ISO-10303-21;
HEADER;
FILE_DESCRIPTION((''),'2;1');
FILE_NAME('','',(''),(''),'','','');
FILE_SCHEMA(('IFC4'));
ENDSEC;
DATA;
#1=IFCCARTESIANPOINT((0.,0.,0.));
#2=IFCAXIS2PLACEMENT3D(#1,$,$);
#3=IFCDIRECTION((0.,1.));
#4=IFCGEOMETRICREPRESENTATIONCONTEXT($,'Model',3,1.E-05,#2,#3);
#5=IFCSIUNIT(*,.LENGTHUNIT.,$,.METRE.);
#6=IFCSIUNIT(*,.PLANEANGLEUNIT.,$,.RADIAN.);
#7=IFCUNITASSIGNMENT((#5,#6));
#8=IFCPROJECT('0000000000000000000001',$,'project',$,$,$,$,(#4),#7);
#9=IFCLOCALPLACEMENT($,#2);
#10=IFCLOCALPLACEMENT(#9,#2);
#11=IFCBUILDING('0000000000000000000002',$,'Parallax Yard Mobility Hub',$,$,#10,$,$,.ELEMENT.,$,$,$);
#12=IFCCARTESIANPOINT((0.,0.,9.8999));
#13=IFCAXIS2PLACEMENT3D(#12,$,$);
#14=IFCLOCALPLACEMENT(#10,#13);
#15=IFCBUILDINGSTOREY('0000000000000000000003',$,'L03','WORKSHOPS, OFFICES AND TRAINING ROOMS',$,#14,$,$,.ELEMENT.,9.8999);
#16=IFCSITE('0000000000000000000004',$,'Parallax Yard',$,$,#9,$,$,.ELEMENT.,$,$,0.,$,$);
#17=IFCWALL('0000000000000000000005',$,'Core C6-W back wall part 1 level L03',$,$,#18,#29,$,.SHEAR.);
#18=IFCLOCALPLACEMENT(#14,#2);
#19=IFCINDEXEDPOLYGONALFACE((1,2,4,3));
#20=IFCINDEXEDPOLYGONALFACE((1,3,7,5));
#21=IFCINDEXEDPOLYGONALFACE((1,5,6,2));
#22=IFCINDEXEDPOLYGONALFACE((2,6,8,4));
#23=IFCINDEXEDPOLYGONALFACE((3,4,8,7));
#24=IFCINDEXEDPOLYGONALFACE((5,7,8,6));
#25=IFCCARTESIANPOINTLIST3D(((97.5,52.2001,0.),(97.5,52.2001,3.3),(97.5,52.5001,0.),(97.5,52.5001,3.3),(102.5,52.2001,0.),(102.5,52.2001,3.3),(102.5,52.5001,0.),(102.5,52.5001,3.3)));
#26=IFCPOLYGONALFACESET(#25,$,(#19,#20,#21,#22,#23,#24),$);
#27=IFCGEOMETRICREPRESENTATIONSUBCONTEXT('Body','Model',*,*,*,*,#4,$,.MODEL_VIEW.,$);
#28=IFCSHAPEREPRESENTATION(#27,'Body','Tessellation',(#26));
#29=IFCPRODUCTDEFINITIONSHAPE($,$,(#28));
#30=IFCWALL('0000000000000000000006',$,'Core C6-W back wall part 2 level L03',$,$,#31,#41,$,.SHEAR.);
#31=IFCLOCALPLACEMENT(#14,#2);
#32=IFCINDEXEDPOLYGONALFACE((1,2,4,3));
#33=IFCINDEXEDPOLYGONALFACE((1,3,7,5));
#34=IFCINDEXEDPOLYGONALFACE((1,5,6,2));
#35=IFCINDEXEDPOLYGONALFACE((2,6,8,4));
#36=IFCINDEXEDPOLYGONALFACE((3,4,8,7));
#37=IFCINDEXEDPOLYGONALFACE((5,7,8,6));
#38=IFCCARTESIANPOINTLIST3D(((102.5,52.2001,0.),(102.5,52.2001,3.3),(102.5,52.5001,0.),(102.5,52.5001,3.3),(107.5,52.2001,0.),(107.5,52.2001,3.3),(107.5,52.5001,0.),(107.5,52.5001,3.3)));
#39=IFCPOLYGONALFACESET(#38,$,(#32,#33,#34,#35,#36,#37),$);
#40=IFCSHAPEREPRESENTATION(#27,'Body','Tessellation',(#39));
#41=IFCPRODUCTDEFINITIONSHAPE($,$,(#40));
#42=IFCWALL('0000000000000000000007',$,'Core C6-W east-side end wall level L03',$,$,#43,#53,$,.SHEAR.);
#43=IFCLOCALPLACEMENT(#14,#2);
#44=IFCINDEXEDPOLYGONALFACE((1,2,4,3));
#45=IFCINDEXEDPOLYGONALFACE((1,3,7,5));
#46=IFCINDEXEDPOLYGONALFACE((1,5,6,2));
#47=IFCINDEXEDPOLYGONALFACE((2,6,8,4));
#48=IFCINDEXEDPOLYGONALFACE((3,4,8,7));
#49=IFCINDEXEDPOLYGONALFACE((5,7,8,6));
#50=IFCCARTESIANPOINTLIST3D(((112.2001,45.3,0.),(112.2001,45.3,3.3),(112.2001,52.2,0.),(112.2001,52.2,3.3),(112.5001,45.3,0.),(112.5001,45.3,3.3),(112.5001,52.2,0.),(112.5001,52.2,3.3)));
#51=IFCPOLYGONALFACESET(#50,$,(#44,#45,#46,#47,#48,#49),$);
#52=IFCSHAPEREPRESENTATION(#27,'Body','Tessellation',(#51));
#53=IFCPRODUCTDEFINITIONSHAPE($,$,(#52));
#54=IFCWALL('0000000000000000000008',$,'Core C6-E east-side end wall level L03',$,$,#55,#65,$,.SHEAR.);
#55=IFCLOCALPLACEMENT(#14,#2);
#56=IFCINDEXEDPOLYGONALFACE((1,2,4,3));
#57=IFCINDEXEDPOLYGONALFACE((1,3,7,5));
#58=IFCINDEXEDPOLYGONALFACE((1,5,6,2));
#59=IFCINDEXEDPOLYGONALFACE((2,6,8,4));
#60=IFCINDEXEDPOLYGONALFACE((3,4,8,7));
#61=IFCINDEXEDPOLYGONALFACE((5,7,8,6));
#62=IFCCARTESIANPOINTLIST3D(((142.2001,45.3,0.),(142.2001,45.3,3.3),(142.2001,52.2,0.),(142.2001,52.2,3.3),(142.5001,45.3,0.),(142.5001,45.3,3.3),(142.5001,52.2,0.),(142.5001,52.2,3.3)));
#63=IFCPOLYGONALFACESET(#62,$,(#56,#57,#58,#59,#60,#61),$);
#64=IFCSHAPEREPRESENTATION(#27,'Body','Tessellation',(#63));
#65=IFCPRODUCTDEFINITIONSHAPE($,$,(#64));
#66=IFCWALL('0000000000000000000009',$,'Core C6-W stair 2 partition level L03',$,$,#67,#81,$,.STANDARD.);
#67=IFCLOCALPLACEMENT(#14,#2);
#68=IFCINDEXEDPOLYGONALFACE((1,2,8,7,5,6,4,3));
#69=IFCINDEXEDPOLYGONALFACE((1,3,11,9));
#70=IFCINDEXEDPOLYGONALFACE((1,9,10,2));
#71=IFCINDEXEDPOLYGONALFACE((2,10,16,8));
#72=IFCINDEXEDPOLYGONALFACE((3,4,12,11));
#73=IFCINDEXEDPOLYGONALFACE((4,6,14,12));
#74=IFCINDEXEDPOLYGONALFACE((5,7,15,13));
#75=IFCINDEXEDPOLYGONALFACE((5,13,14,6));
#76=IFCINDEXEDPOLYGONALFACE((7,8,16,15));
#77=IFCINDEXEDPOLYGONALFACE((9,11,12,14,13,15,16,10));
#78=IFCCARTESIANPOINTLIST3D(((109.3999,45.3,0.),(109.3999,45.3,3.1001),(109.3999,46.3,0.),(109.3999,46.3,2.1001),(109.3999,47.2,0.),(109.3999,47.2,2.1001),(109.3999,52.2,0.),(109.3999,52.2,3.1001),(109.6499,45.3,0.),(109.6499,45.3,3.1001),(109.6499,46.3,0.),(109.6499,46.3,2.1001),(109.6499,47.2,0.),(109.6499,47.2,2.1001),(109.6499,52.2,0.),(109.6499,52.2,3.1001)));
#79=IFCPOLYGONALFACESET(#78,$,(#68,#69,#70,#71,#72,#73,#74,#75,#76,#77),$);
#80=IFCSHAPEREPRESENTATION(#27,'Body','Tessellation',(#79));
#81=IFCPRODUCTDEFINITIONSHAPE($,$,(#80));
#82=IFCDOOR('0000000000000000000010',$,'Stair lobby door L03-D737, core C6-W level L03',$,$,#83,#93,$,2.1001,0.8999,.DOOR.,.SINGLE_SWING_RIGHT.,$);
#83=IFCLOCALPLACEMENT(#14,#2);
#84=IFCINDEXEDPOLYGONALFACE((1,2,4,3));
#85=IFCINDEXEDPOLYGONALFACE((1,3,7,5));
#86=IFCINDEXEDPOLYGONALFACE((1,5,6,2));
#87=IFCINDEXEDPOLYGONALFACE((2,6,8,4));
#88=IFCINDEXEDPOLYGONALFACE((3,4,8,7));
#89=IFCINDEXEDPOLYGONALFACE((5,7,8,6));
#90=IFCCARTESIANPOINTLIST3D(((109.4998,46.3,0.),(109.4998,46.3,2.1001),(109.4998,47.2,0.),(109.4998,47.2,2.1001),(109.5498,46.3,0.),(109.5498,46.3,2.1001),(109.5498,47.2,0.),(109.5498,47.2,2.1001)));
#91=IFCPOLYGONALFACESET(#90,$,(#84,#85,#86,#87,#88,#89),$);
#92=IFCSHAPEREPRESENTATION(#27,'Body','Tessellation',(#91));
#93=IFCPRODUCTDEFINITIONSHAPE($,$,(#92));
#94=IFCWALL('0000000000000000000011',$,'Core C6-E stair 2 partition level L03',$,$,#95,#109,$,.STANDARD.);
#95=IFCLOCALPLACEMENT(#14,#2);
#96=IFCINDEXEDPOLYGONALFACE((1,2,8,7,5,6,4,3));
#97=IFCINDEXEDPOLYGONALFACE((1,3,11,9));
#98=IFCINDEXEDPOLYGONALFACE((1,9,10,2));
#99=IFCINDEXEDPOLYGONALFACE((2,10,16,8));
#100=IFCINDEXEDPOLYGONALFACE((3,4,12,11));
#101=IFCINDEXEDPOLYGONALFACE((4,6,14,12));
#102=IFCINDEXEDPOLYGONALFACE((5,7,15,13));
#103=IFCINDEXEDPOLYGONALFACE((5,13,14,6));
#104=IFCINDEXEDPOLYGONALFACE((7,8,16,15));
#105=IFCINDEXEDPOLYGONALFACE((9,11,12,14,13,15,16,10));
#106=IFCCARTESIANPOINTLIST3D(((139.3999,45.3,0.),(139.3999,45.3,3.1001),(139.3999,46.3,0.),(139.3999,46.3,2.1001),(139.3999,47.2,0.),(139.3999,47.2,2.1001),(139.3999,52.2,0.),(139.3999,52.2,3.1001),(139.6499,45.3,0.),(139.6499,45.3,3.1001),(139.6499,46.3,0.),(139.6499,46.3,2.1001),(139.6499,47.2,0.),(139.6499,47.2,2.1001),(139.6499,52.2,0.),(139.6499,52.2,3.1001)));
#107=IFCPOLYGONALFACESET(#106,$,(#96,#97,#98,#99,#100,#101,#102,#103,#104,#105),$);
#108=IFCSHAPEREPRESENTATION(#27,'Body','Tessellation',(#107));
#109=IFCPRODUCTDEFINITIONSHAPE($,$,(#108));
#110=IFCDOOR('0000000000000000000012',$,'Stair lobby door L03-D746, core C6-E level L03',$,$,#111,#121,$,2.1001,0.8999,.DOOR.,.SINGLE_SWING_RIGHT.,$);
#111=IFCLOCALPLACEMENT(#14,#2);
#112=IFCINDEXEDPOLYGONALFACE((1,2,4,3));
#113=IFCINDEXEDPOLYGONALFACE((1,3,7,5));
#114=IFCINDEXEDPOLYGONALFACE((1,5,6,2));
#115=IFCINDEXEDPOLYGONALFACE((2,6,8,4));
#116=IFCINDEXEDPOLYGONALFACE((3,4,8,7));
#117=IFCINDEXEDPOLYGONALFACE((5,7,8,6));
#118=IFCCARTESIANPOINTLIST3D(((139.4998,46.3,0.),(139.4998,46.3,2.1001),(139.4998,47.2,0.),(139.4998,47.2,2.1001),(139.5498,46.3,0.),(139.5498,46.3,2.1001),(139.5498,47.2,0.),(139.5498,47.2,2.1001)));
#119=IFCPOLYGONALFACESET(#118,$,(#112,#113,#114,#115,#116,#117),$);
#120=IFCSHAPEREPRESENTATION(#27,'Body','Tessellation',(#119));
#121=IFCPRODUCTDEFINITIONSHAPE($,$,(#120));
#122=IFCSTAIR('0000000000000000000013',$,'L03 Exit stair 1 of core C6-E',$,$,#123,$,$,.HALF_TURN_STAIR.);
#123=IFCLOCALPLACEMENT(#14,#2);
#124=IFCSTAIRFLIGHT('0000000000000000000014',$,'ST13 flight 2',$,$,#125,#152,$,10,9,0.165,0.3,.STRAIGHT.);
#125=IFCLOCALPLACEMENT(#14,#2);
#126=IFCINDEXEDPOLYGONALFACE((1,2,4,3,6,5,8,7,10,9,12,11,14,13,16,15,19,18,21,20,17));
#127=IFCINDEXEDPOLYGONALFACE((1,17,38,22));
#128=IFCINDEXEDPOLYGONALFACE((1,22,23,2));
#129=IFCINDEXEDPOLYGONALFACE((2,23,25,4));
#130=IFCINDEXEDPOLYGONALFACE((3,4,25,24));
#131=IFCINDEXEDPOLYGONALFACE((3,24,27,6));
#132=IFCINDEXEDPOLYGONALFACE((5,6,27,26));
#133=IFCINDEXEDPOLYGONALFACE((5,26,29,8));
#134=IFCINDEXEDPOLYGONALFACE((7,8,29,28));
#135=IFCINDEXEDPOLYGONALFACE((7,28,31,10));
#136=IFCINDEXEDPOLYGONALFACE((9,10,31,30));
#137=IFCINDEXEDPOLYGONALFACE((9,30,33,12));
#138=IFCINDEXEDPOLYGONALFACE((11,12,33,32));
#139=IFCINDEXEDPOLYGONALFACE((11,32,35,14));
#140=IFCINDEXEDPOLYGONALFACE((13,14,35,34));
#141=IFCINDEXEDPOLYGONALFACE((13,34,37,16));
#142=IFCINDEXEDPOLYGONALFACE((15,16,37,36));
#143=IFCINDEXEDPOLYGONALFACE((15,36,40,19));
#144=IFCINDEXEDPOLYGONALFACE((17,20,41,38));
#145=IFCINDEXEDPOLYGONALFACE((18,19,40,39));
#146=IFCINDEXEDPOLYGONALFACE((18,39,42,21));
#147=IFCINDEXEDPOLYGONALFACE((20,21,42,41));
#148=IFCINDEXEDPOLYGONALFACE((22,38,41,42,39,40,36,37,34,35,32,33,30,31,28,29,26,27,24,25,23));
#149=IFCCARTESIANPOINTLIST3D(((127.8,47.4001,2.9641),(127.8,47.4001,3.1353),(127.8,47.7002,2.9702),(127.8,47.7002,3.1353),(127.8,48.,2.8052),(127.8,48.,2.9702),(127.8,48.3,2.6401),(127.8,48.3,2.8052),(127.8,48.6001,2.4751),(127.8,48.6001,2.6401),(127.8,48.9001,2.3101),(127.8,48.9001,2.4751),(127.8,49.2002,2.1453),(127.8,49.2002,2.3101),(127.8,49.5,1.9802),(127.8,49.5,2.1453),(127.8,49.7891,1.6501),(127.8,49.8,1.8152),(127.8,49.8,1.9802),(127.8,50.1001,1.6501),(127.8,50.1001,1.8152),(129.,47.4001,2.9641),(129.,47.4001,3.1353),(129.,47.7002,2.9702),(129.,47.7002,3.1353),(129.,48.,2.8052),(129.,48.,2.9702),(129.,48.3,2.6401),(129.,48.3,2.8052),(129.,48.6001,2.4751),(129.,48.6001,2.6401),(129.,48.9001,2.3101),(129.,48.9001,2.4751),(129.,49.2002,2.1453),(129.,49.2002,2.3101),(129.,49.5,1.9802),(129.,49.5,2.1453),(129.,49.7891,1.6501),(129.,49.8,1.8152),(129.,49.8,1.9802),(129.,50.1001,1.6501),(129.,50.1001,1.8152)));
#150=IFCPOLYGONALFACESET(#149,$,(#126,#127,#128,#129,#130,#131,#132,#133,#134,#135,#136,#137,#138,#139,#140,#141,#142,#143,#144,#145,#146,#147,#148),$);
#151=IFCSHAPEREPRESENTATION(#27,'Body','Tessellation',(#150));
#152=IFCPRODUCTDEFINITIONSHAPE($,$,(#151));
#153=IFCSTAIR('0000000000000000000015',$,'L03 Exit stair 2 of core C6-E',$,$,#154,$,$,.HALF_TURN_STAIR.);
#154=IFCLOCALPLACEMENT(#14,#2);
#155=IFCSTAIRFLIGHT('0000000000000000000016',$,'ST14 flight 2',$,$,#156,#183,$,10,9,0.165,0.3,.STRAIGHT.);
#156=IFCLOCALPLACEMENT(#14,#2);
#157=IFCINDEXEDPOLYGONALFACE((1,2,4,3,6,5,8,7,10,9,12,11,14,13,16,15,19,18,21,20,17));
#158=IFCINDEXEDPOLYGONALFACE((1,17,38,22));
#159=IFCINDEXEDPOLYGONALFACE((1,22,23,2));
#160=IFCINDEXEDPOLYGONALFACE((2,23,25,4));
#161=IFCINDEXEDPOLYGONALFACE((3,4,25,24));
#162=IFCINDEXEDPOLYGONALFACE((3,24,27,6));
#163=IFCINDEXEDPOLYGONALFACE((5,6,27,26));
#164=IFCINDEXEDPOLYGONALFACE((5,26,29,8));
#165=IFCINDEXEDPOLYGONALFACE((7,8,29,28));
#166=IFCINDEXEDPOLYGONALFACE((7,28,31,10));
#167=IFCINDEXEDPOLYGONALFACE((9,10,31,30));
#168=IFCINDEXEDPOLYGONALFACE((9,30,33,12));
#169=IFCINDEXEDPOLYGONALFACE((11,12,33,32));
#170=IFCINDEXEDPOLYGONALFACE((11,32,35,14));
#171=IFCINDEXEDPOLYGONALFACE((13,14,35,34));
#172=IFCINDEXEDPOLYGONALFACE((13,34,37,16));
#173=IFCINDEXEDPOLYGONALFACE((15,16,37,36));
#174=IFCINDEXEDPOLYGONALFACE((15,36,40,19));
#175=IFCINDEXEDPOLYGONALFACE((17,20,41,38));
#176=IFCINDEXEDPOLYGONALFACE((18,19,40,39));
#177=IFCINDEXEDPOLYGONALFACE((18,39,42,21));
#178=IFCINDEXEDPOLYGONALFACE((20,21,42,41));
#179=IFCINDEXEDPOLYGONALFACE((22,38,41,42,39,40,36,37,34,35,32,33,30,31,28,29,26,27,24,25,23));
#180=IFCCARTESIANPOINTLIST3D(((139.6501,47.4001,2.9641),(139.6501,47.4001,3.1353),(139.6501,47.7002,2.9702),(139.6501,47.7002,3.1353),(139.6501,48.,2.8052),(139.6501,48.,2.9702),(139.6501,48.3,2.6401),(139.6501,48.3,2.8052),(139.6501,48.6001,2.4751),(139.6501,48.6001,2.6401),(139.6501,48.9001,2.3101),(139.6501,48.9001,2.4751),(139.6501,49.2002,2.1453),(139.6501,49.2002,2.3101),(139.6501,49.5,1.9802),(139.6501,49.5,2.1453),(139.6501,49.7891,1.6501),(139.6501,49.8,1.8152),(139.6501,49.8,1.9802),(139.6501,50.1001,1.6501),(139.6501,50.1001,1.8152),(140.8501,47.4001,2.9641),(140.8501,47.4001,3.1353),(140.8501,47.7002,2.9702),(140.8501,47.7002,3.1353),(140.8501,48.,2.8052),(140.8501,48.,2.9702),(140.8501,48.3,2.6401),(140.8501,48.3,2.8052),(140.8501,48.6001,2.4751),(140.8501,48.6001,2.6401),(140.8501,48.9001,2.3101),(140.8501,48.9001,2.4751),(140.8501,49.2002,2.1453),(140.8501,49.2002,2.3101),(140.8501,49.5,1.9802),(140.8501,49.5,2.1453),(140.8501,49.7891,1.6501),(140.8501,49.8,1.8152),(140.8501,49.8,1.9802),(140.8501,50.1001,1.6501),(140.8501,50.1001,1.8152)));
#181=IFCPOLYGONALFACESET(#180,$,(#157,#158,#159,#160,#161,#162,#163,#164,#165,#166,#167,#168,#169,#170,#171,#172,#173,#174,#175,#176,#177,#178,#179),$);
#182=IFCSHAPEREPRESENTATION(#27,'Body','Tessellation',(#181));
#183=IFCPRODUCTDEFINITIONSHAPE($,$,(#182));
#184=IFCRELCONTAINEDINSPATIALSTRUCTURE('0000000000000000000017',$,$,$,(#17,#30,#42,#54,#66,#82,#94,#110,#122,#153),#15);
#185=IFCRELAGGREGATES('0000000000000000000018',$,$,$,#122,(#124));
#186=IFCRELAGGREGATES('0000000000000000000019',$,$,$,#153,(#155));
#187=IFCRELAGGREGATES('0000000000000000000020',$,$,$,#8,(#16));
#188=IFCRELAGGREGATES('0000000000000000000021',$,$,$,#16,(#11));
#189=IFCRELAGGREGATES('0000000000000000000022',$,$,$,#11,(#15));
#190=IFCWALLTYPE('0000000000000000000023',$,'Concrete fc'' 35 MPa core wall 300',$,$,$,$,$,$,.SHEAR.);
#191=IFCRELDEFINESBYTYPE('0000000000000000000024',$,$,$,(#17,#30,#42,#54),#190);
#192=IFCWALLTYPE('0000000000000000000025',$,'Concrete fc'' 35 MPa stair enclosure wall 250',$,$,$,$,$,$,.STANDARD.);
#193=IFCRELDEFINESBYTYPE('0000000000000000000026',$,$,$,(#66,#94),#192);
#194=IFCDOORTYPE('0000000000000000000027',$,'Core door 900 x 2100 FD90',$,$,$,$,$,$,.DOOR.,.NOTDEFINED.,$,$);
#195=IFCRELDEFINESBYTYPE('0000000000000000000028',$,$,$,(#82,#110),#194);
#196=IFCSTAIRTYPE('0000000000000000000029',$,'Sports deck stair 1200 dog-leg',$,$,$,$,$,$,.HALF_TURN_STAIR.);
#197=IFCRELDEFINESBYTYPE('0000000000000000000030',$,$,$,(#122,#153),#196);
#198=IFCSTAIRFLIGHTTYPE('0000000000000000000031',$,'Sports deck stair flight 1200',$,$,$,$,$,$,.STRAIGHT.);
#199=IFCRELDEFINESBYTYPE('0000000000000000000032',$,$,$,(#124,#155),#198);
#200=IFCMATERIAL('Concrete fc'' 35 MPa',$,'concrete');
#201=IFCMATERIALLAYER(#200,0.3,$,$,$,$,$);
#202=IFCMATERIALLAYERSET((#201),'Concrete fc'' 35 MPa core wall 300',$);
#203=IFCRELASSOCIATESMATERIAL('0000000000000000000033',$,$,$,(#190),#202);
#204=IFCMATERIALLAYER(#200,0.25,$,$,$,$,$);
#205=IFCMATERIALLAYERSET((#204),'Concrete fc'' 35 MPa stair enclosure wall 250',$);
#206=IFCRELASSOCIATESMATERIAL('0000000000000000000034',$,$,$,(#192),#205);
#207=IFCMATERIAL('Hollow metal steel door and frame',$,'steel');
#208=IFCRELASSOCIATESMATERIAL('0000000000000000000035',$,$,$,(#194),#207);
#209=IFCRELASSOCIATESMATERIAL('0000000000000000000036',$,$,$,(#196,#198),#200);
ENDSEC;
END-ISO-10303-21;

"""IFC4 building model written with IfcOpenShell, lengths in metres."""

from ifc_helpers import new_model, si_unit, direction, frame, frame_2d, origin, place, context, subcontext, project, spatial, polyline, rectangle, outline, extrude, material, layer, layer_set, type_object, element, fill, aggregate, save


model = new_model("IFC4")

# Units and contexts
model_context = context("Model", 3, precision=1e-05, world=origin(), true_north=direction((0.0, 1.0)))
body_context = subcontext(model_context, "Body", "Model", "MODEL_VIEW")
ifc_project = project(units=[si_unit("LENGTHUNIT", "METRE"), si_unit("PLANEANGLEUNIT", "RADIAN")], contexts=[model_context])

# Site, building, storey
site_placement = place(None, origin())
site = spatial("IfcSite", under=ifc_project, at=site_placement, Name="Parallax Yard", CompositionType="ELEMENT", RefElevation=0.0)
building_placement = place(site_placement, origin())
building = spatial("IfcBuilding", under=site, at=building_placement, Name="Parallax Yard Mobility Hub", CompositionType="ELEMENT")
storey_placement = place(building_placement, frame((0.0, 0.0, 9.8999)))
storey = spatial("IfcBuildingStorey", under=building, at=storey_placement, Name="L03", Description="WORKSHOPS, OFFICES AND TRAINING ROOMS", CompositionType="ELEMENT", Elevation=9.8999)

# Walls
ifc_material_1 = material(Name="Concrete fc' 35 MPa", Category="concrete")
ifc_layer_1 = layer(ifc_material_1, 0.3)
ifc_layer_set_1 = layer_set([ifc_layer_1], Name="Concrete fc' 35 MPa core wall 300")
wall_type_1 = type_object("IfcWallType", Name="Concrete fc' 35 MPa core wall 300", PredefinedType="SHEAR", material=ifc_layer_set_1)
for number, where, z_axis, x_axis, name in (
    (1, (97.5, 52.3501, 0.0), (0.0, 0.0, 1.0), (1.0, 0.0, 0.0), "Core C6-W back wall part 1 level L03"),
    (2, (102.5, 52.3501, 0.0), (0.0, 0.0, 1.0), (1.0, 0.0, 0.0), "Core C6-W back wall part 2 level L03"),
):
    element("IfcWall", number, at=place(storey_placement, frame(where, z_axis=z_axis, x_axis=x_axis)), inside=storey, type_object=wall_type_1, Name=name, PredefinedType="SHEAR", context=body_context, shape_type="SweptSolid", body=[
        extrude(rectangle(XDim=5.0, YDim=0.3, at=frame_2d((2.5, 0.0))), origin(), (0.0, 0.0, 1.0), 3.3),
    ])
for number, where, z_axis, x_axis, name in (
    (3, (112.3501, 52.2, 0.0), (0.0, 0.0, 1.0), (0.0, -1.0, 0.0), "Core C6-W east-side end wall level L03"),
    (4, (142.3501, 52.2, 0.0), (0.0, 0.0, 1.0), (0.0, -1.0, 0.0), "Core C6-E east-side end wall level L03"),
):
    element("IfcWall", number, at=place(storey_placement, frame(where, z_axis=z_axis, x_axis=x_axis)), inside=storey, type_object=wall_type_1, Name=name, PredefinedType="SHEAR", context=body_context, shape_type="SweptSolid", body=[
        extrude(rectangle(XDim=6.8999, YDim=0.3, at=frame_2d((3.45, 0.0))), origin(), (0.0, 0.0, 1.0), 3.3),
    ])

# Walls, openings, doors
ifc_layer_2 = layer(ifc_material_1, 0.25)
ifc_layer_set_2 = layer_set([ifc_layer_2], Name="Concrete fc' 35 MPa stair enclosure wall 250")
wall_type_2 = type_object("IfcWallType", Name="Concrete fc' 35 MPa stair enclosure wall 250", PredefinedType="STANDARD", material=ifc_layer_set_2)
wall_1_placement = place(storey_placement, frame((109.5249, 52.2, 0.0), z_axis=(0.0, 0.0, 1.0), x_axis=(0.0, -1.0, 0.0)))
wall_1 = element("IfcWall", 5, at=wall_1_placement, inside=storey, type_object=wall_type_2, Name="Core C6-W stair 2 partition level L03", PredefinedType="STANDARD", context=body_context, shape_type="SweptSolid", body=[
    extrude(rectangle(XDim=6.8999, YDim=0.25, at=frame_2d((3.45, 0.0))), origin(), (0.0, 0.0, 1.0), 3.1001),
])
opening_1_placement = place(wall_1_placement, frame((5.0, 0.0, 0.0)))
opening_1 = element("IfcOpeningElement", 6, at=opening_1_placement, cuts=wall_1, PredefinedType="OPENING", context=body_context, shape_type="SweptSolid", body=[
    extrude(rectangle(XDim=0.8999, YDim=2.1001, at=frame_2d((0.45, 1.05))), frame((0.0, 0.135, 0.0), z_axis=(0.0, -1.0, 0.0), x_axis=(1.0, 0.0, 0.0)), (0.0, 0.0, 1.0), 0.27),
])
ifc_material_2 = material(Name="Hollow metal steel door and frame", Category="steel")
door_type = type_object("IfcDoorType", Name="Core door 900 x 2100 FD90", OperationType="NOTDEFINED", PredefinedType="DOOR", material=ifc_material_2)
door_1_placement = place(opening_1_placement, origin())
door_1 = element("IfcDoor", 7, at=door_1_placement, inside=storey, type_object=door_type, Name="Stair lobby door L03-D737, core C6-W level L03", OperationType="SINGLE_SWING_RIGHT", OverallHeight=2.1001, OverallWidth=0.8999, PredefinedType="DOOR", context=body_context, shape_type="SweptSolid", body=[
    extrude(rectangle(XDim=0.8999, YDim=2.1001, at=frame_2d((0.45, 1.05))), frame((0.0, 0.0249, 0.0), z_axis=(0.0, -1.0, 0.0), x_axis=(1.0, 0.0, 0.0)), (0.0, 0.0, 1.0), 0.05),
])
fill(opening_1, door_1)
wall_2_placement = place(storey_placement, frame((139.5249, 52.2, 0.0), z_axis=(0.0, 0.0, 1.0), x_axis=(0.0, -1.0, 0.0)))
wall_2 = element("IfcWall", 8, at=wall_2_placement, inside=storey, type_object=wall_type_2, Name="Core C6-E stair 2 partition level L03", PredefinedType="STANDARD", context=body_context, shape_type="SweptSolid", body=[
    extrude(rectangle(XDim=6.8999, YDim=0.25, at=frame_2d((3.45, 0.0))), origin(), (0.0, 0.0, 1.0), 3.1001),
])
opening_2_placement = place(wall_2_placement, frame((5.0, 0.0, 0.0)))
opening_2 = element("IfcOpeningElement", 9, at=opening_2_placement, cuts=wall_2, PredefinedType="OPENING", context=body_context, shape_type="SweptSolid", body=[
    extrude(rectangle(XDim=0.8999, YDim=2.1001, at=frame_2d((0.45, 1.05))), frame((0.0, 0.135, 0.0), z_axis=(0.0, -1.0, 0.0), x_axis=(1.0, 0.0, 0.0)), (0.0, 0.0, 1.0), 0.27),
])
door_2_placement = place(opening_2_placement, origin())
door_2 = element("IfcDoor", 10, at=door_2_placement, inside=storey, type_object=door_type, Name="Stair lobby door L03-D746, core C6-E level L03", OperationType="SINGLE_SWING_RIGHT", OverallHeight=2.1001, OverallWidth=0.8999, PredefinedType="DOOR", context=body_context, shape_type="SweptSolid", body=[
    extrude(rectangle(XDim=0.8999, YDim=2.1001, at=frame_2d((0.45, 1.05))), frame((0.0, 0.0249, 0.0), z_axis=(0.0, -1.0, 0.0), x_axis=(1.0, 0.0, 0.0)), (0.0, 0.0, 1.0), 0.05),
])
fill(opening_2, door_2)

# Stairs, stair flights
stair_type = type_object("IfcStairType", Name="Sports deck stair 1200 dog-leg", PredefinedType="HALF_TURN_STAIR", material=ifc_material_1)
stair_1_placement = place(storey_placement, origin())
stair_1 = element("IfcStair", 11, at=stair_1_placement, inside=storey, type_object=stair_type, Name="L03 Exit stair 1 of core C6-E", PredefinedType="HALF_TURN_STAIR")
stair_flight_type = type_object("IfcStairFlightType", Name="Sports deck stair flight 1200", PredefinedType="STRAIGHT", material=ifc_material_1)
stair_flight_1_placement = place(storey_placement, frame((128.3999, 50.1001, 1.6501), z_axis=(0.0, 0.0, 1.0), x_axis=(0.0, -1.0, 0.0)))
stair_flight_1 = element("IfcStairFlight", 12, at=stair_flight_1_placement, type_object=stair_flight_type, Name="ST13 flight 2", NumberOfRisers=10, NumberOfTreads=9, PredefinedType="STRAIGHT", RiserHeight=0.165, TreadLength=0.3, context=body_context, shape_type="SweptSolid", body=[
    extrude(outline(polyline([(0.0, 0.0), (0.0, 0.165), (0.3, 0.165), (0.3, 0.3301), (0.6001, 0.3301), (0.6001, 0.4951), (0.8999, 0.4951), (0.8999, 0.6599), (1.2, 0.6599), (1.2, 0.825), (1.5, 0.825), (1.5, 0.99), (1.8, 0.99), (1.8, 1.155), (2.1001, 1.155), (2.1001, 1.3201), (2.3999, 1.3201), (2.3999, 1.4851), (2.7, 1.4851), (2.7, 1.6499), (2.7, 1.314), (0.311, 0.0), (0.0, 0.0)])), frame((0.0, 0.6001, 0.0), z_axis=(0.0, -1.0, 0.0), x_axis=(1.0, 0.0, 0.0)), (0.0, 0.0, 1.0), 1.2),
])
aggregate(stair_1, [stair_flight_1])
stair_2_placement = place(storey_placement, origin())
stair_2 = element("IfcStair", 13, at=stair_2_placement, inside=storey, type_object=stair_type, Name="L03 Exit stair 2 of core C6-E", PredefinedType="HALF_TURN_STAIR")
stair_flight_2_placement = place(storey_placement, frame((140.25, 50.1001, 1.6501), z_axis=(0.0, 0.0, 1.0), x_axis=(0.0, -1.0, 0.0)))
stair_flight_2 = element("IfcStairFlight", 14, at=stair_flight_2_placement, type_object=stair_flight_type, Name="ST14 flight 2", NumberOfRisers=10, NumberOfTreads=9, PredefinedType="STRAIGHT", RiserHeight=0.165, TreadLength=0.3, context=body_context, shape_type="SweptSolid", body=[
    extrude(outline(polyline([(0.0, 0.0), (0.0, 0.165), (0.3, 0.165), (0.3, 0.3301), (0.6001, 0.3301), (0.6001, 0.4951), (0.8999, 0.4951), (0.8999, 0.6599), (1.2, 0.6599), (1.2, 0.825), (1.5, 0.825), (1.5, 0.99), (1.8, 0.99), (1.8, 1.155), (2.1001, 1.155), (2.1001, 1.3201), (2.3999, 1.3201), (2.3999, 1.4851), (2.7, 1.4851), (2.7, 1.6499), (2.7, 1.314), (0.311, 0.0), (0.0, 0.0)])), frame((0.0, 0.6001, 0.0), z_axis=(0.0, -1.0, 0.0), x_axis=(1.0, 0.0, 0.0)), (0.0, 0.0, 1.0), 1.2),
])
aggregate(stair_2, [stair_flight_2])

save(model, "model.ifc")
